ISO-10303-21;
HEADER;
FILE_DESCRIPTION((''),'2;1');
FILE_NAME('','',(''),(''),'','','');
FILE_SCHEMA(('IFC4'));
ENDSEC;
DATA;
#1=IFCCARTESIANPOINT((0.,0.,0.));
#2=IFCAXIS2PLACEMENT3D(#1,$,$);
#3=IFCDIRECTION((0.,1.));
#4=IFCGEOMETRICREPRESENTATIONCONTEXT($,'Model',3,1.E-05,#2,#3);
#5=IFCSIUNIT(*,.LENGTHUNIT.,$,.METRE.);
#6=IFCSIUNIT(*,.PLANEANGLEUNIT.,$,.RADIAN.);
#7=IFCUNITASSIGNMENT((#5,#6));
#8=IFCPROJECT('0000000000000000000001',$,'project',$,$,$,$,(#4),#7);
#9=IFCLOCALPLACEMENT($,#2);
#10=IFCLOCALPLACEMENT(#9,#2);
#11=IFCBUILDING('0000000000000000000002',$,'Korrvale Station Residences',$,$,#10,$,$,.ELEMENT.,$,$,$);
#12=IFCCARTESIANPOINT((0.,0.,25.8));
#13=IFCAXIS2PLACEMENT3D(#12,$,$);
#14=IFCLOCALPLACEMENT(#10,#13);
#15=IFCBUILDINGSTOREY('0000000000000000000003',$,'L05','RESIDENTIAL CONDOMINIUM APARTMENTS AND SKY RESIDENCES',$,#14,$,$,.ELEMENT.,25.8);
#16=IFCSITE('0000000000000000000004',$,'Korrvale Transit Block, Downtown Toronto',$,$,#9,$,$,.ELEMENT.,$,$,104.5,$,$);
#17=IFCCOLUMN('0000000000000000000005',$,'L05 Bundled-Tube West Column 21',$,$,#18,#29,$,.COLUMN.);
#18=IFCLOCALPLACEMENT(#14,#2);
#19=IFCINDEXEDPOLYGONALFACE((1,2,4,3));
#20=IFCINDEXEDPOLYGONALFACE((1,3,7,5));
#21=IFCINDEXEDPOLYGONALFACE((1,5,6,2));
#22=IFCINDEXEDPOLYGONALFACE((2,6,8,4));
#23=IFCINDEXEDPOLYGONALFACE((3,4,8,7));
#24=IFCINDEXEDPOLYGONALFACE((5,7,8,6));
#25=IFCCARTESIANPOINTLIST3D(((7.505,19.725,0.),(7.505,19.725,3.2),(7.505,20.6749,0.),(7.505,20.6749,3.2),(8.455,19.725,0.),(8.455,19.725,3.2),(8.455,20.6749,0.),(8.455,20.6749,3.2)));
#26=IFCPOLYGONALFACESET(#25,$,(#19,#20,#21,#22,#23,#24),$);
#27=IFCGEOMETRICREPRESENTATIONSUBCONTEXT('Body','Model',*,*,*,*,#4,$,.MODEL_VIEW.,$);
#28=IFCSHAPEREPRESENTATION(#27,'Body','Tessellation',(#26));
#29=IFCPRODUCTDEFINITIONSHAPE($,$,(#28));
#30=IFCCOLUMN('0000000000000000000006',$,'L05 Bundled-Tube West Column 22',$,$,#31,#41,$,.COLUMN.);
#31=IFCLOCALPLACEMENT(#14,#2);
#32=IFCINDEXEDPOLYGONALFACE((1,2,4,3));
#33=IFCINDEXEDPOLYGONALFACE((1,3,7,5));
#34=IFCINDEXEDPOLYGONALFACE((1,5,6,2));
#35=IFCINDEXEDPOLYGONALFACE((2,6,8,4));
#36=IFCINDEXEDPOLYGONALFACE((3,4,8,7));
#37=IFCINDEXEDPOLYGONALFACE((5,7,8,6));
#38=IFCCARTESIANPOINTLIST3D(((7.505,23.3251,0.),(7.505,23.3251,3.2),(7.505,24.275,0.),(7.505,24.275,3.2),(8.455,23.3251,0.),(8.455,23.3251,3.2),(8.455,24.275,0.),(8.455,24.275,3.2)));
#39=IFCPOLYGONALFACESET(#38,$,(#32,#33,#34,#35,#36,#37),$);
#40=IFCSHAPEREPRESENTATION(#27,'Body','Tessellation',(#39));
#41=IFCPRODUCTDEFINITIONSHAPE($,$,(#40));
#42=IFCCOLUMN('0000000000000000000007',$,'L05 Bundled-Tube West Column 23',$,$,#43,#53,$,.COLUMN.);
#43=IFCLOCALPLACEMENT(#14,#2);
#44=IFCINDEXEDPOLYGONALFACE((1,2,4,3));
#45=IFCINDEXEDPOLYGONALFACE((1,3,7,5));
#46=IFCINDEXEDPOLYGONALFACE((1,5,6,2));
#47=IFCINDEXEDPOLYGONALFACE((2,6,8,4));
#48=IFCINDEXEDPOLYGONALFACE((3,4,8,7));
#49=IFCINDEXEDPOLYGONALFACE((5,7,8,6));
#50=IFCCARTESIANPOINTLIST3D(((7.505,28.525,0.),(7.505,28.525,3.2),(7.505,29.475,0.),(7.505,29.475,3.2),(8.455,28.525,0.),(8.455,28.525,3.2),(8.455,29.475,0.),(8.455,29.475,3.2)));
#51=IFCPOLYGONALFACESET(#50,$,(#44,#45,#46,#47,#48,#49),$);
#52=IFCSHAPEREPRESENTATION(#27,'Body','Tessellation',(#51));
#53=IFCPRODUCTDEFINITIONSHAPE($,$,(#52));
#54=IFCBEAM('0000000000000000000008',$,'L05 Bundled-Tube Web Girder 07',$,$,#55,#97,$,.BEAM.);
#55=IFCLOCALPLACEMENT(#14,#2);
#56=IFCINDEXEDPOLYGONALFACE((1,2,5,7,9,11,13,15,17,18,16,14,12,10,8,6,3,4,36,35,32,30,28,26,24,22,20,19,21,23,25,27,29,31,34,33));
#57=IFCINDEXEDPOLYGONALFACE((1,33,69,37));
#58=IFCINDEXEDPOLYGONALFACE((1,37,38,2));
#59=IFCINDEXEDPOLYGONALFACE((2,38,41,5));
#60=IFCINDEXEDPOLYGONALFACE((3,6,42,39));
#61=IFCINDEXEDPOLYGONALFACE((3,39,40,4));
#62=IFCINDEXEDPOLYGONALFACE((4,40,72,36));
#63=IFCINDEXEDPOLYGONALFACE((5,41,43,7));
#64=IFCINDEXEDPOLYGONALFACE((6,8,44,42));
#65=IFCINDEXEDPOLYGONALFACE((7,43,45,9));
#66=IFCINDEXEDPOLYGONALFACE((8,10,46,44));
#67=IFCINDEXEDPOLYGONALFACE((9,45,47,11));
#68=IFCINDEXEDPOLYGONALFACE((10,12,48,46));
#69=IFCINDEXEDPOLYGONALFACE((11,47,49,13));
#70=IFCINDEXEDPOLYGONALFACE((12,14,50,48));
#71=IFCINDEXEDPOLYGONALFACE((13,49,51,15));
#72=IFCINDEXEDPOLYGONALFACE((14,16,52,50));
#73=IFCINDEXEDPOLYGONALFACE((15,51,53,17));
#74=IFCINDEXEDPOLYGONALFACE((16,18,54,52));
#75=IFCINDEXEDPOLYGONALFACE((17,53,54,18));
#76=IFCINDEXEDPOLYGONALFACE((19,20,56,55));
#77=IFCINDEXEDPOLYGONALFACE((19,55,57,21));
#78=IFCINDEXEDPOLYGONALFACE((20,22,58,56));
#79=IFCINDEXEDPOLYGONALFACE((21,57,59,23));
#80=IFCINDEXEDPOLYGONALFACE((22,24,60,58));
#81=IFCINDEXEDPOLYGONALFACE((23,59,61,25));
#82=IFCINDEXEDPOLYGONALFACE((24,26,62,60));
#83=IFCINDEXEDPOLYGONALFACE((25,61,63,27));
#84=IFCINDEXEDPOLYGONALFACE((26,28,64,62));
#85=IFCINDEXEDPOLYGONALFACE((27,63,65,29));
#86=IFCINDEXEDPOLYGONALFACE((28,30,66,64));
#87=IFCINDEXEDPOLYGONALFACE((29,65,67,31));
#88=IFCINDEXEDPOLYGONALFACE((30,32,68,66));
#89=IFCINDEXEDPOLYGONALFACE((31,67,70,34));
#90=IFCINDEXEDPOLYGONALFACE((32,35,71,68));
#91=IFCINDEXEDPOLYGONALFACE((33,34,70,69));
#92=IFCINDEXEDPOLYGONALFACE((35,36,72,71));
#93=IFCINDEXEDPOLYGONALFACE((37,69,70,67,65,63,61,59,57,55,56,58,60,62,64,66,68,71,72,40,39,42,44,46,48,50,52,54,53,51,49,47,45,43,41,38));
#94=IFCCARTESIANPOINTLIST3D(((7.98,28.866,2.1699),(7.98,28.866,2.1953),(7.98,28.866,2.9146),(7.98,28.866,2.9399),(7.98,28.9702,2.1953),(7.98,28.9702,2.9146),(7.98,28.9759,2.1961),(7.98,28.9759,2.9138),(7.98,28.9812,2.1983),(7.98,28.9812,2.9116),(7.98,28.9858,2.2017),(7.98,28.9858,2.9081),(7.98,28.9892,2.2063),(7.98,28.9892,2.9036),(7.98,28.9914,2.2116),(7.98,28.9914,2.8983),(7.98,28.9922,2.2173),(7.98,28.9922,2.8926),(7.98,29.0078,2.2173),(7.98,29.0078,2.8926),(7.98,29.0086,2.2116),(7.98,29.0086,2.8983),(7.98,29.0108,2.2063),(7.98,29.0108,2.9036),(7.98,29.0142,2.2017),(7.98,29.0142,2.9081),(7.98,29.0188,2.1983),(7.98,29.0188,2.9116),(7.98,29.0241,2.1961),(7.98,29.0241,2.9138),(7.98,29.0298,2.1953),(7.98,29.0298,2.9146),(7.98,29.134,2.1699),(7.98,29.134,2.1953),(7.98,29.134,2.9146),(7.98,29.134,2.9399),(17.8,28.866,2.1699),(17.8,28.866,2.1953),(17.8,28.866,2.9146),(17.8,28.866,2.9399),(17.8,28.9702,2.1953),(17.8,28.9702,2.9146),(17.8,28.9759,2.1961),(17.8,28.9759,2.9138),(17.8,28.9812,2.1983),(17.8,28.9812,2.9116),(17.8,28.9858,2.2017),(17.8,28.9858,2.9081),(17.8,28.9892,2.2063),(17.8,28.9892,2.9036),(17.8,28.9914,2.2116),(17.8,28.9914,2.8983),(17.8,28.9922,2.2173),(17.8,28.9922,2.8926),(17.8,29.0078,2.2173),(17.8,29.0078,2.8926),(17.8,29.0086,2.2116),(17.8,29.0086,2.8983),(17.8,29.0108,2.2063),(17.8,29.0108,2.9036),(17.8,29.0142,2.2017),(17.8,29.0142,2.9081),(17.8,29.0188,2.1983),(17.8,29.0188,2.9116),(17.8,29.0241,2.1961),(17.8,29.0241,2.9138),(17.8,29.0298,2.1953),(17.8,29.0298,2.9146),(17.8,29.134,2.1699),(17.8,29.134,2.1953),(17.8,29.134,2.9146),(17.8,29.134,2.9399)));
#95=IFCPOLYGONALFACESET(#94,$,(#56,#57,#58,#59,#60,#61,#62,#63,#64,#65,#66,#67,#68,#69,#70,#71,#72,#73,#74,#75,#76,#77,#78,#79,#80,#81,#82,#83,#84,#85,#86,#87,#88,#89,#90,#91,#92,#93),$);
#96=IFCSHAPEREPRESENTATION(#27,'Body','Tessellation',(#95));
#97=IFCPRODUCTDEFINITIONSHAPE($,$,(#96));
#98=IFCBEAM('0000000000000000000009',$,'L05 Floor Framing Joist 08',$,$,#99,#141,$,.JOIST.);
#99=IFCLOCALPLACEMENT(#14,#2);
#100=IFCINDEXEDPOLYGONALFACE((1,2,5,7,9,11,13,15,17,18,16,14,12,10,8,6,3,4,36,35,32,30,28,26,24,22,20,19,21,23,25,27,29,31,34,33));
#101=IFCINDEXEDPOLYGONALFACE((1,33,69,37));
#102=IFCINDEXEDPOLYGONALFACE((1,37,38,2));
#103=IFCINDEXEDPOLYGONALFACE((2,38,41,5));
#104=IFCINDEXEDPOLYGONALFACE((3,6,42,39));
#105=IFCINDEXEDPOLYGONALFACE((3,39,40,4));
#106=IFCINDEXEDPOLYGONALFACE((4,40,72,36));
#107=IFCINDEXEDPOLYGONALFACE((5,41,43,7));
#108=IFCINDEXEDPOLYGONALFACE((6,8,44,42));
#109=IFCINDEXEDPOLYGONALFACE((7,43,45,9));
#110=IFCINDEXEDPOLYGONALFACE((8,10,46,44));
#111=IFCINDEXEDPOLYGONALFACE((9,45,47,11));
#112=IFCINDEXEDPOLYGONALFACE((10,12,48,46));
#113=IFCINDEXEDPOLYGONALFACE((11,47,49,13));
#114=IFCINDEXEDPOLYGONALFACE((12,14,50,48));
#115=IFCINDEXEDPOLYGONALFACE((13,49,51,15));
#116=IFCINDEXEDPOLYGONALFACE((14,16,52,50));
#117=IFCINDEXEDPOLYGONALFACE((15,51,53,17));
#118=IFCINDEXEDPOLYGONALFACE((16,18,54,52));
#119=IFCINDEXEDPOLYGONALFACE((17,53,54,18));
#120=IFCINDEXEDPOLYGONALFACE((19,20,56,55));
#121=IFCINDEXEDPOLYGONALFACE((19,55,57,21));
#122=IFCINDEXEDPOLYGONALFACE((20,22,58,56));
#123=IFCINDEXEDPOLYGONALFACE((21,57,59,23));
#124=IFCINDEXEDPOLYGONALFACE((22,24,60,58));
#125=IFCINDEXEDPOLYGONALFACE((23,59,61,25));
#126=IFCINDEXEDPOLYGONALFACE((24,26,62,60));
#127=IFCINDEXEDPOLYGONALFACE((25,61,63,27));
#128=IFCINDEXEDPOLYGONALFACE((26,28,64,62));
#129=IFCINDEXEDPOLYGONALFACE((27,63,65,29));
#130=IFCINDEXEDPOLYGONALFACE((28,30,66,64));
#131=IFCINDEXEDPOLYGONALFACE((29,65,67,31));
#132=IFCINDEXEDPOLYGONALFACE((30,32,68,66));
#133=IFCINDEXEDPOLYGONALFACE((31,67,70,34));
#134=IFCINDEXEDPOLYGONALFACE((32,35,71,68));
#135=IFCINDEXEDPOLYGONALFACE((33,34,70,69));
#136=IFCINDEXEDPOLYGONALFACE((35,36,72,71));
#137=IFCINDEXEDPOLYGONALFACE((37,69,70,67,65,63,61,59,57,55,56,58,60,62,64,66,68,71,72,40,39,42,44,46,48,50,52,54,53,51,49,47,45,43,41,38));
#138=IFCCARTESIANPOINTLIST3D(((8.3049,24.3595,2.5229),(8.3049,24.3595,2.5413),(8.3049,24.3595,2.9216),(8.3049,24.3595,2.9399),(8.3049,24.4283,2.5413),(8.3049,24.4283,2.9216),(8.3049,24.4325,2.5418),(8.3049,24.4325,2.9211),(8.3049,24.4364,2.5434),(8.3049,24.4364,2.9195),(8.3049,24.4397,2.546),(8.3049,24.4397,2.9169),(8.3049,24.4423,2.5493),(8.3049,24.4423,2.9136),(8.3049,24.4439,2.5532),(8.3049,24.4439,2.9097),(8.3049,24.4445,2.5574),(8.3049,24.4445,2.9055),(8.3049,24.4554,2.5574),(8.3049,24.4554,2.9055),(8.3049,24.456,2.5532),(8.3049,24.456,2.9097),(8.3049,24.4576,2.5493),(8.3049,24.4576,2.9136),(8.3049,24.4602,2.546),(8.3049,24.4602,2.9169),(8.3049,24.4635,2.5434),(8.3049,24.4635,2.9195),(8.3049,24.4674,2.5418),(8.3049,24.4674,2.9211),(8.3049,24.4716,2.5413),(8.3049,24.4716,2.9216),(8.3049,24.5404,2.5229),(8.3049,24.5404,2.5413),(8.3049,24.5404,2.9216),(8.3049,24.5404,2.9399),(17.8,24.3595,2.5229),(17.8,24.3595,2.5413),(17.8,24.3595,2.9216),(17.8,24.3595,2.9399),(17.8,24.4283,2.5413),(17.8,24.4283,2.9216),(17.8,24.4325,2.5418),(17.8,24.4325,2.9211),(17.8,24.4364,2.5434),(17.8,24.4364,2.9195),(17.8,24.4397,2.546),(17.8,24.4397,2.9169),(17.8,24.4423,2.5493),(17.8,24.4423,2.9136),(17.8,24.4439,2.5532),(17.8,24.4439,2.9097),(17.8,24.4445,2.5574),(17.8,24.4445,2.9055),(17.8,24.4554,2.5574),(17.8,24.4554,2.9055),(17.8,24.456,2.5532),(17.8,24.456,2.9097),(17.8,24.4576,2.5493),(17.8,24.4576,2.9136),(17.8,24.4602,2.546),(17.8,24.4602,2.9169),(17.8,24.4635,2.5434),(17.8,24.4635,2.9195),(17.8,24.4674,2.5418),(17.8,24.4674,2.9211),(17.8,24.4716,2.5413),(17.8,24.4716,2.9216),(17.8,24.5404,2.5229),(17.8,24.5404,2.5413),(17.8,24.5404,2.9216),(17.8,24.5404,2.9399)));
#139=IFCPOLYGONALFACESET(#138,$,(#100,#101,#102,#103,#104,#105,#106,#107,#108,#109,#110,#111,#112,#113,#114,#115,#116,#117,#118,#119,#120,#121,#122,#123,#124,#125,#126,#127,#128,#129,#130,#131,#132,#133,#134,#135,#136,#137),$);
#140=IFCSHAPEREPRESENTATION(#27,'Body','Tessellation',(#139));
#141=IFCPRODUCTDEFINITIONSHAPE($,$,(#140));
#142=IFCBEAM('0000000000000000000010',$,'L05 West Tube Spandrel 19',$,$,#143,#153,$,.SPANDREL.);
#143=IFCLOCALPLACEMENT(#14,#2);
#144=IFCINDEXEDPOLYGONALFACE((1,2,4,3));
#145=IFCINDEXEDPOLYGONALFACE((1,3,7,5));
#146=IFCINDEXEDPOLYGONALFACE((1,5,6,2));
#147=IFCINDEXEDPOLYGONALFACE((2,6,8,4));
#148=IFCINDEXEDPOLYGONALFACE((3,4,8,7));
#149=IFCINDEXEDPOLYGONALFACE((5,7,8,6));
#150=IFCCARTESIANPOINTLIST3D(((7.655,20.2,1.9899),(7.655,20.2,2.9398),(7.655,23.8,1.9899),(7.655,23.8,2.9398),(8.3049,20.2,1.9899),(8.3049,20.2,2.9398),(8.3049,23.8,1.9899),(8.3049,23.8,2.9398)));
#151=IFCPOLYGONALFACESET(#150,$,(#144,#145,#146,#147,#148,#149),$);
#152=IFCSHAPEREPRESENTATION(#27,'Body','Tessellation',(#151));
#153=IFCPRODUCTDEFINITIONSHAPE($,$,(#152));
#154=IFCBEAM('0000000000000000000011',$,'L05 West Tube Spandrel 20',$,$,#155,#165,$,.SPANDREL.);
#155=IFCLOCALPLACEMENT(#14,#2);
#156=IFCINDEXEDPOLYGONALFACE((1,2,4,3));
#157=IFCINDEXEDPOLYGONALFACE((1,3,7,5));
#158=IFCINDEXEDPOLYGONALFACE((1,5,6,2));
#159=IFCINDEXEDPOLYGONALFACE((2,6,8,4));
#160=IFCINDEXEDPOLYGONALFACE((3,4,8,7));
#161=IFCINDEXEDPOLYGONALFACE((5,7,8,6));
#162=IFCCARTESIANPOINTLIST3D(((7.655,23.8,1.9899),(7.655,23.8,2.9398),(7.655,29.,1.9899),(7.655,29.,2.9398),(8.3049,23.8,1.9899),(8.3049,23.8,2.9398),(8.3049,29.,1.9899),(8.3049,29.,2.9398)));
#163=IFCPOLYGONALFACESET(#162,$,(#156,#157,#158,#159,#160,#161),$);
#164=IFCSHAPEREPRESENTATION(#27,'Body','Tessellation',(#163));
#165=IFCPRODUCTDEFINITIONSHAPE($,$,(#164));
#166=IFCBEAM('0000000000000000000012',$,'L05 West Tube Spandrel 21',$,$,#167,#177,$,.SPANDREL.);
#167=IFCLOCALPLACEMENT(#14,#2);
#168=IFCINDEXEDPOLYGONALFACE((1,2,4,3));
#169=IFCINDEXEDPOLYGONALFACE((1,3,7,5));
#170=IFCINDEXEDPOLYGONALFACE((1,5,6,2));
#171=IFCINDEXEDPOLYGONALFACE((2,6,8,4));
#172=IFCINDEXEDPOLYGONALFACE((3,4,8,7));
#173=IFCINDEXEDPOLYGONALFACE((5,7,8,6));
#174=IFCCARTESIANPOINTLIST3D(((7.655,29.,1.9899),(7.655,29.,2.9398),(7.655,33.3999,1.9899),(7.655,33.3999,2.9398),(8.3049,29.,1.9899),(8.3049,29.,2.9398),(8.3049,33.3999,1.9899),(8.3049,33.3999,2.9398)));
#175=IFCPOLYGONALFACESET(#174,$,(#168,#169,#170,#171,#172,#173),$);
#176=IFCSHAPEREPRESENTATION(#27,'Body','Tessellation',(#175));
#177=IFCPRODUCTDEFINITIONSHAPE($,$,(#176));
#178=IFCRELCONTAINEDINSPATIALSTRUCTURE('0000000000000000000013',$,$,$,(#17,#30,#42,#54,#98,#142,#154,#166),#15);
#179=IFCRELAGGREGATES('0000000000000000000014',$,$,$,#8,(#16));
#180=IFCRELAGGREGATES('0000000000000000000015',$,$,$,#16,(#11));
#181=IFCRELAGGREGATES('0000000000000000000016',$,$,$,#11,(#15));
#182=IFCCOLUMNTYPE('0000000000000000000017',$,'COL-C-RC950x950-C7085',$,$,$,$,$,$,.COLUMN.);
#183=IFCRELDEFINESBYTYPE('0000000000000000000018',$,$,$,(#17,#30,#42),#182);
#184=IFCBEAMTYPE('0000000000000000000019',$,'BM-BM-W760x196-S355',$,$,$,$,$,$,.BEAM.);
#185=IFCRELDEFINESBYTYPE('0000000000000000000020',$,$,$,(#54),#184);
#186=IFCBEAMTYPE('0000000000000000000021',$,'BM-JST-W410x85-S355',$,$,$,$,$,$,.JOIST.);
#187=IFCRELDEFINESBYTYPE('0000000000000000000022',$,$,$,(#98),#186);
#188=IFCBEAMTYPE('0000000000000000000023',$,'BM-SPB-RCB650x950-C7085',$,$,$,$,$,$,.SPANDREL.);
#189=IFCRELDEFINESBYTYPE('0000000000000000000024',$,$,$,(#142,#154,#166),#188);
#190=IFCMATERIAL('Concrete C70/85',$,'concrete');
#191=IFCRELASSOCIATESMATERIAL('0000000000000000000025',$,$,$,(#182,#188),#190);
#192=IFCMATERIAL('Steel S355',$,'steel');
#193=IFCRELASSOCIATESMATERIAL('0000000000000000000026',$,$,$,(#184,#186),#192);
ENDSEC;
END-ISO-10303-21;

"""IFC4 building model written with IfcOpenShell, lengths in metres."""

from ifc_helpers import new_model, si_unit, direction, frame, origin, origin_2d, place, context, subcontext, project, spatial, rectangle, i_section, extrude, material, material_profile, profile_set, type_object, element, save


model = new_model("IFC4")

# Units and contexts
model_context = context("Model", 3, precision=1e-05, world=origin(), true_north=direction((0.0, 1.0)))
body_context = subcontext(model_context, "Body", "Model", "MODEL_VIEW")
ifc_project = project(units=[si_unit("LENGTHUNIT", "METRE"), si_unit("PLANEANGLEUNIT", "RADIAN")], contexts=[model_context])

# Site, building, storey
site_placement = place(None, origin())
site = spatial("IfcSite", under=ifc_project, at=site_placement, Name="Korrvale Transit Block, Downtown Toronto", CompositionType="ELEMENT", RefElevation=104.5)
building_placement = place(site_placement, origin())
building = spatial("IfcBuilding", under=site, at=building_placement, Name="Korrvale Station Residences", CompositionType="ELEMENT")
storey_placement = place(building_placement, frame((0.0, 0.0, 25.8)))
storey = spatial("IfcBuildingStorey", under=building, at=storey_placement, Name="L05", Description="RESIDENTIAL CONDOMINIUM APARTMENTS AND SKY RESIDENCES", CompositionType="ELEMENT", Elevation=25.8)

# Columns
ifc_material_1 = material(Name="Concrete C70/85", Category="concrete")
ifc_material_profile_1 = material_profile(ifc_material_1, rectangle(XDim=0.95, YDim=0.95, at=origin_2d()), Name="RC950x950")
ifc_profile_set_1 = profile_set([ifc_material_profile_1], Name="Concrete C70/85")
column_type = type_object("IfcColumnType", Name="COL-C-RC950x950-C7085", PredefinedType="COLUMN", material=ifc_profile_set_1)
for number, where, z_axis, x_axis, name in (
    (1, (7.98, 20.2, 0.0), (0.0, 0.0, 1.0), (1.0, 0.0, 0.0), "L05 Bundled-Tube West Column 21"),
    (2, (7.98, 23.8, 0.0), (0.0, 0.0, 1.0), (1.0, 0.0, 0.0), "L05 Bundled-Tube West Column 22"),
    (3, (7.98, 29.0, 0.0), (0.0, 0.0, 1.0), (1.0, 0.0, 0.0), "L05 Bundled-Tube West Column 23"),
):
    element("IfcColumn", number, at=place(storey_placement, frame(where, z_axis=z_axis, x_axis=x_axis)), inside=storey, type_object=column_type, Name=name, PredefinedType="COLUMN", context=body_context, shape_type="SweptSolid", body=[
        extrude(rectangle(XDim=0.95, YDim=0.95, at=origin_2d()), origin(), (0.0, 0.0, 1.0), 3.2),
    ])

# Beams
ifc_material_2 = material(Name="Steel S355", Category="steel")
ifc_material_profile_2 = material_profile(ifc_material_2, i_section(OverallWidth=0.2681, OverallDepth=0.77, WebThickness=0.0156, FlangeThickness=0.0254, FilletRadius=0.022, at=origin_2d()), Name="W760x196")
ifc_profile_set_2 = profile_set([ifc_material_profile_2], Name="Steel S355")
beam_type_1 = type_object("IfcBeamType", Name="BM-BM-W760x196-S355", PredefinedType="BEAM", material=ifc_profile_set_2)
beam_1_placement = place(storey_placement, frame((7.98, 29.0, 2.5549), z_axis=(1.0, 0.0, 0.0), x_axis=(0.0, 1.0, 0.0)))
element("IfcBeam", 4, at=beam_1_placement, inside=storey, type_object=beam_type_1, Name="L05 Bundled-Tube Web Girder 07", PredefinedType="BEAM", context=body_context, shape_type="SweptSolid", body=[
    extrude(i_section(OverallWidth=0.2681, OverallDepth=0.77, WebThickness=0.0156, FlangeThickness=0.0254, FilletRadius=0.022, at=origin_2d()), origin(), (0.0, 0.0, 1.0), 9.8201),
])
ifc_material_profile_3 = material_profile(ifc_material_2, i_section(OverallWidth=0.1809, OverallDepth=0.417, WebThickness=0.011, FlangeThickness=0.0183, FilletRadius=0.0161, at=origin_2d()), Name="W410x85")
ifc_profile_set_3 = profile_set([ifc_material_profile_3], Name="Steel S355")
beam_type_2 = type_object("IfcBeamType", Name="BM-JST-W410x85-S355", PredefinedType="JOIST", material=ifc_profile_set_3)
beam_2_placement = place(storey_placement, frame((8.3049, 24.45, 2.7314), z_axis=(1.0, 0.0, 0.0), x_axis=(0.0, 1.0, 0.0)))
element("IfcBeam", 5, at=beam_2_placement, inside=storey, type_object=beam_type_2, Name="L05 Floor Framing Joist 08", PredefinedType="JOIST", context=body_context, shape_type="SweptSolid", body=[
    extrude(i_section(OverallWidth=0.1809, OverallDepth=0.417, WebThickness=0.011, FlangeThickness=0.0183, FilletRadius=0.0161, at=origin_2d()), origin(), (0.0, 0.0, 1.0), 9.4951),
])
ifc_material_profile_4 = material_profile(ifc_material_1, rectangle(XDim=0.6499, YDim=0.95, at=origin_2d()), Name="RCB650x950")
ifc_profile_set_4 = profile_set([ifc_material_profile_4], Name="Concrete C70/85")
beam_type_3 = type_object("IfcBeamType", Name="BM-SPB-RCB650x950-C7085", PredefinedType="SPANDREL", material=ifc_profile_set_4)
beam_3_placement = place(storey_placement, frame((7.98, 20.2, 2.4648), z_axis=(0.0, 1.0, 0.0), x_axis=(-1.0, 0.0, 0.0)))
element("IfcBeam", 6, at=beam_3_placement, inside=storey, type_object=beam_type_3, Name="L05 West Tube Spandrel 19", PredefinedType="SPANDREL", context=body_context, shape_type="SweptSolid", body=[
    extrude(rectangle(XDim=0.6499, YDim=0.95, at=origin_2d()), origin(), (0.0, 0.0, 1.0), 3.6001),
])
beam_4_placement = place(storey_placement, frame((7.98, 23.8, 2.4648), z_axis=(0.0, 1.0, 0.0), x_axis=(-1.0, 0.0, 0.0)))
element("IfcBeam", 7, at=beam_4_placement, inside=storey, type_object=beam_type_3, Name="L05 West Tube Spandrel 20", PredefinedType="SPANDREL", context=body_context, shape_type="SweptSolid", body=[
    extrude(rectangle(XDim=0.6499, YDim=0.95, at=origin_2d()), origin(), (0.0, 0.0, 1.0), 5.2),
])
beam_5_placement = place(storey_placement, frame((7.98, 29.0, 2.4648), z_axis=(0.0, 1.0, 0.0), x_axis=(-1.0, 0.0, 0.0)))
element("IfcBeam", 8, at=beam_5_placement, inside=storey, type_object=beam_type_3, Name="L05 West Tube Spandrel 21", PredefinedType="SPANDREL", context=body_context, shape_type="SweptSolid", body=[
    extrude(rectangle(XDim=0.6499, YDim=0.95, at=origin_2d()), origin(), (0.0, 0.0, 1.0), 4.3999),
])

save(model, "model.ifc")
